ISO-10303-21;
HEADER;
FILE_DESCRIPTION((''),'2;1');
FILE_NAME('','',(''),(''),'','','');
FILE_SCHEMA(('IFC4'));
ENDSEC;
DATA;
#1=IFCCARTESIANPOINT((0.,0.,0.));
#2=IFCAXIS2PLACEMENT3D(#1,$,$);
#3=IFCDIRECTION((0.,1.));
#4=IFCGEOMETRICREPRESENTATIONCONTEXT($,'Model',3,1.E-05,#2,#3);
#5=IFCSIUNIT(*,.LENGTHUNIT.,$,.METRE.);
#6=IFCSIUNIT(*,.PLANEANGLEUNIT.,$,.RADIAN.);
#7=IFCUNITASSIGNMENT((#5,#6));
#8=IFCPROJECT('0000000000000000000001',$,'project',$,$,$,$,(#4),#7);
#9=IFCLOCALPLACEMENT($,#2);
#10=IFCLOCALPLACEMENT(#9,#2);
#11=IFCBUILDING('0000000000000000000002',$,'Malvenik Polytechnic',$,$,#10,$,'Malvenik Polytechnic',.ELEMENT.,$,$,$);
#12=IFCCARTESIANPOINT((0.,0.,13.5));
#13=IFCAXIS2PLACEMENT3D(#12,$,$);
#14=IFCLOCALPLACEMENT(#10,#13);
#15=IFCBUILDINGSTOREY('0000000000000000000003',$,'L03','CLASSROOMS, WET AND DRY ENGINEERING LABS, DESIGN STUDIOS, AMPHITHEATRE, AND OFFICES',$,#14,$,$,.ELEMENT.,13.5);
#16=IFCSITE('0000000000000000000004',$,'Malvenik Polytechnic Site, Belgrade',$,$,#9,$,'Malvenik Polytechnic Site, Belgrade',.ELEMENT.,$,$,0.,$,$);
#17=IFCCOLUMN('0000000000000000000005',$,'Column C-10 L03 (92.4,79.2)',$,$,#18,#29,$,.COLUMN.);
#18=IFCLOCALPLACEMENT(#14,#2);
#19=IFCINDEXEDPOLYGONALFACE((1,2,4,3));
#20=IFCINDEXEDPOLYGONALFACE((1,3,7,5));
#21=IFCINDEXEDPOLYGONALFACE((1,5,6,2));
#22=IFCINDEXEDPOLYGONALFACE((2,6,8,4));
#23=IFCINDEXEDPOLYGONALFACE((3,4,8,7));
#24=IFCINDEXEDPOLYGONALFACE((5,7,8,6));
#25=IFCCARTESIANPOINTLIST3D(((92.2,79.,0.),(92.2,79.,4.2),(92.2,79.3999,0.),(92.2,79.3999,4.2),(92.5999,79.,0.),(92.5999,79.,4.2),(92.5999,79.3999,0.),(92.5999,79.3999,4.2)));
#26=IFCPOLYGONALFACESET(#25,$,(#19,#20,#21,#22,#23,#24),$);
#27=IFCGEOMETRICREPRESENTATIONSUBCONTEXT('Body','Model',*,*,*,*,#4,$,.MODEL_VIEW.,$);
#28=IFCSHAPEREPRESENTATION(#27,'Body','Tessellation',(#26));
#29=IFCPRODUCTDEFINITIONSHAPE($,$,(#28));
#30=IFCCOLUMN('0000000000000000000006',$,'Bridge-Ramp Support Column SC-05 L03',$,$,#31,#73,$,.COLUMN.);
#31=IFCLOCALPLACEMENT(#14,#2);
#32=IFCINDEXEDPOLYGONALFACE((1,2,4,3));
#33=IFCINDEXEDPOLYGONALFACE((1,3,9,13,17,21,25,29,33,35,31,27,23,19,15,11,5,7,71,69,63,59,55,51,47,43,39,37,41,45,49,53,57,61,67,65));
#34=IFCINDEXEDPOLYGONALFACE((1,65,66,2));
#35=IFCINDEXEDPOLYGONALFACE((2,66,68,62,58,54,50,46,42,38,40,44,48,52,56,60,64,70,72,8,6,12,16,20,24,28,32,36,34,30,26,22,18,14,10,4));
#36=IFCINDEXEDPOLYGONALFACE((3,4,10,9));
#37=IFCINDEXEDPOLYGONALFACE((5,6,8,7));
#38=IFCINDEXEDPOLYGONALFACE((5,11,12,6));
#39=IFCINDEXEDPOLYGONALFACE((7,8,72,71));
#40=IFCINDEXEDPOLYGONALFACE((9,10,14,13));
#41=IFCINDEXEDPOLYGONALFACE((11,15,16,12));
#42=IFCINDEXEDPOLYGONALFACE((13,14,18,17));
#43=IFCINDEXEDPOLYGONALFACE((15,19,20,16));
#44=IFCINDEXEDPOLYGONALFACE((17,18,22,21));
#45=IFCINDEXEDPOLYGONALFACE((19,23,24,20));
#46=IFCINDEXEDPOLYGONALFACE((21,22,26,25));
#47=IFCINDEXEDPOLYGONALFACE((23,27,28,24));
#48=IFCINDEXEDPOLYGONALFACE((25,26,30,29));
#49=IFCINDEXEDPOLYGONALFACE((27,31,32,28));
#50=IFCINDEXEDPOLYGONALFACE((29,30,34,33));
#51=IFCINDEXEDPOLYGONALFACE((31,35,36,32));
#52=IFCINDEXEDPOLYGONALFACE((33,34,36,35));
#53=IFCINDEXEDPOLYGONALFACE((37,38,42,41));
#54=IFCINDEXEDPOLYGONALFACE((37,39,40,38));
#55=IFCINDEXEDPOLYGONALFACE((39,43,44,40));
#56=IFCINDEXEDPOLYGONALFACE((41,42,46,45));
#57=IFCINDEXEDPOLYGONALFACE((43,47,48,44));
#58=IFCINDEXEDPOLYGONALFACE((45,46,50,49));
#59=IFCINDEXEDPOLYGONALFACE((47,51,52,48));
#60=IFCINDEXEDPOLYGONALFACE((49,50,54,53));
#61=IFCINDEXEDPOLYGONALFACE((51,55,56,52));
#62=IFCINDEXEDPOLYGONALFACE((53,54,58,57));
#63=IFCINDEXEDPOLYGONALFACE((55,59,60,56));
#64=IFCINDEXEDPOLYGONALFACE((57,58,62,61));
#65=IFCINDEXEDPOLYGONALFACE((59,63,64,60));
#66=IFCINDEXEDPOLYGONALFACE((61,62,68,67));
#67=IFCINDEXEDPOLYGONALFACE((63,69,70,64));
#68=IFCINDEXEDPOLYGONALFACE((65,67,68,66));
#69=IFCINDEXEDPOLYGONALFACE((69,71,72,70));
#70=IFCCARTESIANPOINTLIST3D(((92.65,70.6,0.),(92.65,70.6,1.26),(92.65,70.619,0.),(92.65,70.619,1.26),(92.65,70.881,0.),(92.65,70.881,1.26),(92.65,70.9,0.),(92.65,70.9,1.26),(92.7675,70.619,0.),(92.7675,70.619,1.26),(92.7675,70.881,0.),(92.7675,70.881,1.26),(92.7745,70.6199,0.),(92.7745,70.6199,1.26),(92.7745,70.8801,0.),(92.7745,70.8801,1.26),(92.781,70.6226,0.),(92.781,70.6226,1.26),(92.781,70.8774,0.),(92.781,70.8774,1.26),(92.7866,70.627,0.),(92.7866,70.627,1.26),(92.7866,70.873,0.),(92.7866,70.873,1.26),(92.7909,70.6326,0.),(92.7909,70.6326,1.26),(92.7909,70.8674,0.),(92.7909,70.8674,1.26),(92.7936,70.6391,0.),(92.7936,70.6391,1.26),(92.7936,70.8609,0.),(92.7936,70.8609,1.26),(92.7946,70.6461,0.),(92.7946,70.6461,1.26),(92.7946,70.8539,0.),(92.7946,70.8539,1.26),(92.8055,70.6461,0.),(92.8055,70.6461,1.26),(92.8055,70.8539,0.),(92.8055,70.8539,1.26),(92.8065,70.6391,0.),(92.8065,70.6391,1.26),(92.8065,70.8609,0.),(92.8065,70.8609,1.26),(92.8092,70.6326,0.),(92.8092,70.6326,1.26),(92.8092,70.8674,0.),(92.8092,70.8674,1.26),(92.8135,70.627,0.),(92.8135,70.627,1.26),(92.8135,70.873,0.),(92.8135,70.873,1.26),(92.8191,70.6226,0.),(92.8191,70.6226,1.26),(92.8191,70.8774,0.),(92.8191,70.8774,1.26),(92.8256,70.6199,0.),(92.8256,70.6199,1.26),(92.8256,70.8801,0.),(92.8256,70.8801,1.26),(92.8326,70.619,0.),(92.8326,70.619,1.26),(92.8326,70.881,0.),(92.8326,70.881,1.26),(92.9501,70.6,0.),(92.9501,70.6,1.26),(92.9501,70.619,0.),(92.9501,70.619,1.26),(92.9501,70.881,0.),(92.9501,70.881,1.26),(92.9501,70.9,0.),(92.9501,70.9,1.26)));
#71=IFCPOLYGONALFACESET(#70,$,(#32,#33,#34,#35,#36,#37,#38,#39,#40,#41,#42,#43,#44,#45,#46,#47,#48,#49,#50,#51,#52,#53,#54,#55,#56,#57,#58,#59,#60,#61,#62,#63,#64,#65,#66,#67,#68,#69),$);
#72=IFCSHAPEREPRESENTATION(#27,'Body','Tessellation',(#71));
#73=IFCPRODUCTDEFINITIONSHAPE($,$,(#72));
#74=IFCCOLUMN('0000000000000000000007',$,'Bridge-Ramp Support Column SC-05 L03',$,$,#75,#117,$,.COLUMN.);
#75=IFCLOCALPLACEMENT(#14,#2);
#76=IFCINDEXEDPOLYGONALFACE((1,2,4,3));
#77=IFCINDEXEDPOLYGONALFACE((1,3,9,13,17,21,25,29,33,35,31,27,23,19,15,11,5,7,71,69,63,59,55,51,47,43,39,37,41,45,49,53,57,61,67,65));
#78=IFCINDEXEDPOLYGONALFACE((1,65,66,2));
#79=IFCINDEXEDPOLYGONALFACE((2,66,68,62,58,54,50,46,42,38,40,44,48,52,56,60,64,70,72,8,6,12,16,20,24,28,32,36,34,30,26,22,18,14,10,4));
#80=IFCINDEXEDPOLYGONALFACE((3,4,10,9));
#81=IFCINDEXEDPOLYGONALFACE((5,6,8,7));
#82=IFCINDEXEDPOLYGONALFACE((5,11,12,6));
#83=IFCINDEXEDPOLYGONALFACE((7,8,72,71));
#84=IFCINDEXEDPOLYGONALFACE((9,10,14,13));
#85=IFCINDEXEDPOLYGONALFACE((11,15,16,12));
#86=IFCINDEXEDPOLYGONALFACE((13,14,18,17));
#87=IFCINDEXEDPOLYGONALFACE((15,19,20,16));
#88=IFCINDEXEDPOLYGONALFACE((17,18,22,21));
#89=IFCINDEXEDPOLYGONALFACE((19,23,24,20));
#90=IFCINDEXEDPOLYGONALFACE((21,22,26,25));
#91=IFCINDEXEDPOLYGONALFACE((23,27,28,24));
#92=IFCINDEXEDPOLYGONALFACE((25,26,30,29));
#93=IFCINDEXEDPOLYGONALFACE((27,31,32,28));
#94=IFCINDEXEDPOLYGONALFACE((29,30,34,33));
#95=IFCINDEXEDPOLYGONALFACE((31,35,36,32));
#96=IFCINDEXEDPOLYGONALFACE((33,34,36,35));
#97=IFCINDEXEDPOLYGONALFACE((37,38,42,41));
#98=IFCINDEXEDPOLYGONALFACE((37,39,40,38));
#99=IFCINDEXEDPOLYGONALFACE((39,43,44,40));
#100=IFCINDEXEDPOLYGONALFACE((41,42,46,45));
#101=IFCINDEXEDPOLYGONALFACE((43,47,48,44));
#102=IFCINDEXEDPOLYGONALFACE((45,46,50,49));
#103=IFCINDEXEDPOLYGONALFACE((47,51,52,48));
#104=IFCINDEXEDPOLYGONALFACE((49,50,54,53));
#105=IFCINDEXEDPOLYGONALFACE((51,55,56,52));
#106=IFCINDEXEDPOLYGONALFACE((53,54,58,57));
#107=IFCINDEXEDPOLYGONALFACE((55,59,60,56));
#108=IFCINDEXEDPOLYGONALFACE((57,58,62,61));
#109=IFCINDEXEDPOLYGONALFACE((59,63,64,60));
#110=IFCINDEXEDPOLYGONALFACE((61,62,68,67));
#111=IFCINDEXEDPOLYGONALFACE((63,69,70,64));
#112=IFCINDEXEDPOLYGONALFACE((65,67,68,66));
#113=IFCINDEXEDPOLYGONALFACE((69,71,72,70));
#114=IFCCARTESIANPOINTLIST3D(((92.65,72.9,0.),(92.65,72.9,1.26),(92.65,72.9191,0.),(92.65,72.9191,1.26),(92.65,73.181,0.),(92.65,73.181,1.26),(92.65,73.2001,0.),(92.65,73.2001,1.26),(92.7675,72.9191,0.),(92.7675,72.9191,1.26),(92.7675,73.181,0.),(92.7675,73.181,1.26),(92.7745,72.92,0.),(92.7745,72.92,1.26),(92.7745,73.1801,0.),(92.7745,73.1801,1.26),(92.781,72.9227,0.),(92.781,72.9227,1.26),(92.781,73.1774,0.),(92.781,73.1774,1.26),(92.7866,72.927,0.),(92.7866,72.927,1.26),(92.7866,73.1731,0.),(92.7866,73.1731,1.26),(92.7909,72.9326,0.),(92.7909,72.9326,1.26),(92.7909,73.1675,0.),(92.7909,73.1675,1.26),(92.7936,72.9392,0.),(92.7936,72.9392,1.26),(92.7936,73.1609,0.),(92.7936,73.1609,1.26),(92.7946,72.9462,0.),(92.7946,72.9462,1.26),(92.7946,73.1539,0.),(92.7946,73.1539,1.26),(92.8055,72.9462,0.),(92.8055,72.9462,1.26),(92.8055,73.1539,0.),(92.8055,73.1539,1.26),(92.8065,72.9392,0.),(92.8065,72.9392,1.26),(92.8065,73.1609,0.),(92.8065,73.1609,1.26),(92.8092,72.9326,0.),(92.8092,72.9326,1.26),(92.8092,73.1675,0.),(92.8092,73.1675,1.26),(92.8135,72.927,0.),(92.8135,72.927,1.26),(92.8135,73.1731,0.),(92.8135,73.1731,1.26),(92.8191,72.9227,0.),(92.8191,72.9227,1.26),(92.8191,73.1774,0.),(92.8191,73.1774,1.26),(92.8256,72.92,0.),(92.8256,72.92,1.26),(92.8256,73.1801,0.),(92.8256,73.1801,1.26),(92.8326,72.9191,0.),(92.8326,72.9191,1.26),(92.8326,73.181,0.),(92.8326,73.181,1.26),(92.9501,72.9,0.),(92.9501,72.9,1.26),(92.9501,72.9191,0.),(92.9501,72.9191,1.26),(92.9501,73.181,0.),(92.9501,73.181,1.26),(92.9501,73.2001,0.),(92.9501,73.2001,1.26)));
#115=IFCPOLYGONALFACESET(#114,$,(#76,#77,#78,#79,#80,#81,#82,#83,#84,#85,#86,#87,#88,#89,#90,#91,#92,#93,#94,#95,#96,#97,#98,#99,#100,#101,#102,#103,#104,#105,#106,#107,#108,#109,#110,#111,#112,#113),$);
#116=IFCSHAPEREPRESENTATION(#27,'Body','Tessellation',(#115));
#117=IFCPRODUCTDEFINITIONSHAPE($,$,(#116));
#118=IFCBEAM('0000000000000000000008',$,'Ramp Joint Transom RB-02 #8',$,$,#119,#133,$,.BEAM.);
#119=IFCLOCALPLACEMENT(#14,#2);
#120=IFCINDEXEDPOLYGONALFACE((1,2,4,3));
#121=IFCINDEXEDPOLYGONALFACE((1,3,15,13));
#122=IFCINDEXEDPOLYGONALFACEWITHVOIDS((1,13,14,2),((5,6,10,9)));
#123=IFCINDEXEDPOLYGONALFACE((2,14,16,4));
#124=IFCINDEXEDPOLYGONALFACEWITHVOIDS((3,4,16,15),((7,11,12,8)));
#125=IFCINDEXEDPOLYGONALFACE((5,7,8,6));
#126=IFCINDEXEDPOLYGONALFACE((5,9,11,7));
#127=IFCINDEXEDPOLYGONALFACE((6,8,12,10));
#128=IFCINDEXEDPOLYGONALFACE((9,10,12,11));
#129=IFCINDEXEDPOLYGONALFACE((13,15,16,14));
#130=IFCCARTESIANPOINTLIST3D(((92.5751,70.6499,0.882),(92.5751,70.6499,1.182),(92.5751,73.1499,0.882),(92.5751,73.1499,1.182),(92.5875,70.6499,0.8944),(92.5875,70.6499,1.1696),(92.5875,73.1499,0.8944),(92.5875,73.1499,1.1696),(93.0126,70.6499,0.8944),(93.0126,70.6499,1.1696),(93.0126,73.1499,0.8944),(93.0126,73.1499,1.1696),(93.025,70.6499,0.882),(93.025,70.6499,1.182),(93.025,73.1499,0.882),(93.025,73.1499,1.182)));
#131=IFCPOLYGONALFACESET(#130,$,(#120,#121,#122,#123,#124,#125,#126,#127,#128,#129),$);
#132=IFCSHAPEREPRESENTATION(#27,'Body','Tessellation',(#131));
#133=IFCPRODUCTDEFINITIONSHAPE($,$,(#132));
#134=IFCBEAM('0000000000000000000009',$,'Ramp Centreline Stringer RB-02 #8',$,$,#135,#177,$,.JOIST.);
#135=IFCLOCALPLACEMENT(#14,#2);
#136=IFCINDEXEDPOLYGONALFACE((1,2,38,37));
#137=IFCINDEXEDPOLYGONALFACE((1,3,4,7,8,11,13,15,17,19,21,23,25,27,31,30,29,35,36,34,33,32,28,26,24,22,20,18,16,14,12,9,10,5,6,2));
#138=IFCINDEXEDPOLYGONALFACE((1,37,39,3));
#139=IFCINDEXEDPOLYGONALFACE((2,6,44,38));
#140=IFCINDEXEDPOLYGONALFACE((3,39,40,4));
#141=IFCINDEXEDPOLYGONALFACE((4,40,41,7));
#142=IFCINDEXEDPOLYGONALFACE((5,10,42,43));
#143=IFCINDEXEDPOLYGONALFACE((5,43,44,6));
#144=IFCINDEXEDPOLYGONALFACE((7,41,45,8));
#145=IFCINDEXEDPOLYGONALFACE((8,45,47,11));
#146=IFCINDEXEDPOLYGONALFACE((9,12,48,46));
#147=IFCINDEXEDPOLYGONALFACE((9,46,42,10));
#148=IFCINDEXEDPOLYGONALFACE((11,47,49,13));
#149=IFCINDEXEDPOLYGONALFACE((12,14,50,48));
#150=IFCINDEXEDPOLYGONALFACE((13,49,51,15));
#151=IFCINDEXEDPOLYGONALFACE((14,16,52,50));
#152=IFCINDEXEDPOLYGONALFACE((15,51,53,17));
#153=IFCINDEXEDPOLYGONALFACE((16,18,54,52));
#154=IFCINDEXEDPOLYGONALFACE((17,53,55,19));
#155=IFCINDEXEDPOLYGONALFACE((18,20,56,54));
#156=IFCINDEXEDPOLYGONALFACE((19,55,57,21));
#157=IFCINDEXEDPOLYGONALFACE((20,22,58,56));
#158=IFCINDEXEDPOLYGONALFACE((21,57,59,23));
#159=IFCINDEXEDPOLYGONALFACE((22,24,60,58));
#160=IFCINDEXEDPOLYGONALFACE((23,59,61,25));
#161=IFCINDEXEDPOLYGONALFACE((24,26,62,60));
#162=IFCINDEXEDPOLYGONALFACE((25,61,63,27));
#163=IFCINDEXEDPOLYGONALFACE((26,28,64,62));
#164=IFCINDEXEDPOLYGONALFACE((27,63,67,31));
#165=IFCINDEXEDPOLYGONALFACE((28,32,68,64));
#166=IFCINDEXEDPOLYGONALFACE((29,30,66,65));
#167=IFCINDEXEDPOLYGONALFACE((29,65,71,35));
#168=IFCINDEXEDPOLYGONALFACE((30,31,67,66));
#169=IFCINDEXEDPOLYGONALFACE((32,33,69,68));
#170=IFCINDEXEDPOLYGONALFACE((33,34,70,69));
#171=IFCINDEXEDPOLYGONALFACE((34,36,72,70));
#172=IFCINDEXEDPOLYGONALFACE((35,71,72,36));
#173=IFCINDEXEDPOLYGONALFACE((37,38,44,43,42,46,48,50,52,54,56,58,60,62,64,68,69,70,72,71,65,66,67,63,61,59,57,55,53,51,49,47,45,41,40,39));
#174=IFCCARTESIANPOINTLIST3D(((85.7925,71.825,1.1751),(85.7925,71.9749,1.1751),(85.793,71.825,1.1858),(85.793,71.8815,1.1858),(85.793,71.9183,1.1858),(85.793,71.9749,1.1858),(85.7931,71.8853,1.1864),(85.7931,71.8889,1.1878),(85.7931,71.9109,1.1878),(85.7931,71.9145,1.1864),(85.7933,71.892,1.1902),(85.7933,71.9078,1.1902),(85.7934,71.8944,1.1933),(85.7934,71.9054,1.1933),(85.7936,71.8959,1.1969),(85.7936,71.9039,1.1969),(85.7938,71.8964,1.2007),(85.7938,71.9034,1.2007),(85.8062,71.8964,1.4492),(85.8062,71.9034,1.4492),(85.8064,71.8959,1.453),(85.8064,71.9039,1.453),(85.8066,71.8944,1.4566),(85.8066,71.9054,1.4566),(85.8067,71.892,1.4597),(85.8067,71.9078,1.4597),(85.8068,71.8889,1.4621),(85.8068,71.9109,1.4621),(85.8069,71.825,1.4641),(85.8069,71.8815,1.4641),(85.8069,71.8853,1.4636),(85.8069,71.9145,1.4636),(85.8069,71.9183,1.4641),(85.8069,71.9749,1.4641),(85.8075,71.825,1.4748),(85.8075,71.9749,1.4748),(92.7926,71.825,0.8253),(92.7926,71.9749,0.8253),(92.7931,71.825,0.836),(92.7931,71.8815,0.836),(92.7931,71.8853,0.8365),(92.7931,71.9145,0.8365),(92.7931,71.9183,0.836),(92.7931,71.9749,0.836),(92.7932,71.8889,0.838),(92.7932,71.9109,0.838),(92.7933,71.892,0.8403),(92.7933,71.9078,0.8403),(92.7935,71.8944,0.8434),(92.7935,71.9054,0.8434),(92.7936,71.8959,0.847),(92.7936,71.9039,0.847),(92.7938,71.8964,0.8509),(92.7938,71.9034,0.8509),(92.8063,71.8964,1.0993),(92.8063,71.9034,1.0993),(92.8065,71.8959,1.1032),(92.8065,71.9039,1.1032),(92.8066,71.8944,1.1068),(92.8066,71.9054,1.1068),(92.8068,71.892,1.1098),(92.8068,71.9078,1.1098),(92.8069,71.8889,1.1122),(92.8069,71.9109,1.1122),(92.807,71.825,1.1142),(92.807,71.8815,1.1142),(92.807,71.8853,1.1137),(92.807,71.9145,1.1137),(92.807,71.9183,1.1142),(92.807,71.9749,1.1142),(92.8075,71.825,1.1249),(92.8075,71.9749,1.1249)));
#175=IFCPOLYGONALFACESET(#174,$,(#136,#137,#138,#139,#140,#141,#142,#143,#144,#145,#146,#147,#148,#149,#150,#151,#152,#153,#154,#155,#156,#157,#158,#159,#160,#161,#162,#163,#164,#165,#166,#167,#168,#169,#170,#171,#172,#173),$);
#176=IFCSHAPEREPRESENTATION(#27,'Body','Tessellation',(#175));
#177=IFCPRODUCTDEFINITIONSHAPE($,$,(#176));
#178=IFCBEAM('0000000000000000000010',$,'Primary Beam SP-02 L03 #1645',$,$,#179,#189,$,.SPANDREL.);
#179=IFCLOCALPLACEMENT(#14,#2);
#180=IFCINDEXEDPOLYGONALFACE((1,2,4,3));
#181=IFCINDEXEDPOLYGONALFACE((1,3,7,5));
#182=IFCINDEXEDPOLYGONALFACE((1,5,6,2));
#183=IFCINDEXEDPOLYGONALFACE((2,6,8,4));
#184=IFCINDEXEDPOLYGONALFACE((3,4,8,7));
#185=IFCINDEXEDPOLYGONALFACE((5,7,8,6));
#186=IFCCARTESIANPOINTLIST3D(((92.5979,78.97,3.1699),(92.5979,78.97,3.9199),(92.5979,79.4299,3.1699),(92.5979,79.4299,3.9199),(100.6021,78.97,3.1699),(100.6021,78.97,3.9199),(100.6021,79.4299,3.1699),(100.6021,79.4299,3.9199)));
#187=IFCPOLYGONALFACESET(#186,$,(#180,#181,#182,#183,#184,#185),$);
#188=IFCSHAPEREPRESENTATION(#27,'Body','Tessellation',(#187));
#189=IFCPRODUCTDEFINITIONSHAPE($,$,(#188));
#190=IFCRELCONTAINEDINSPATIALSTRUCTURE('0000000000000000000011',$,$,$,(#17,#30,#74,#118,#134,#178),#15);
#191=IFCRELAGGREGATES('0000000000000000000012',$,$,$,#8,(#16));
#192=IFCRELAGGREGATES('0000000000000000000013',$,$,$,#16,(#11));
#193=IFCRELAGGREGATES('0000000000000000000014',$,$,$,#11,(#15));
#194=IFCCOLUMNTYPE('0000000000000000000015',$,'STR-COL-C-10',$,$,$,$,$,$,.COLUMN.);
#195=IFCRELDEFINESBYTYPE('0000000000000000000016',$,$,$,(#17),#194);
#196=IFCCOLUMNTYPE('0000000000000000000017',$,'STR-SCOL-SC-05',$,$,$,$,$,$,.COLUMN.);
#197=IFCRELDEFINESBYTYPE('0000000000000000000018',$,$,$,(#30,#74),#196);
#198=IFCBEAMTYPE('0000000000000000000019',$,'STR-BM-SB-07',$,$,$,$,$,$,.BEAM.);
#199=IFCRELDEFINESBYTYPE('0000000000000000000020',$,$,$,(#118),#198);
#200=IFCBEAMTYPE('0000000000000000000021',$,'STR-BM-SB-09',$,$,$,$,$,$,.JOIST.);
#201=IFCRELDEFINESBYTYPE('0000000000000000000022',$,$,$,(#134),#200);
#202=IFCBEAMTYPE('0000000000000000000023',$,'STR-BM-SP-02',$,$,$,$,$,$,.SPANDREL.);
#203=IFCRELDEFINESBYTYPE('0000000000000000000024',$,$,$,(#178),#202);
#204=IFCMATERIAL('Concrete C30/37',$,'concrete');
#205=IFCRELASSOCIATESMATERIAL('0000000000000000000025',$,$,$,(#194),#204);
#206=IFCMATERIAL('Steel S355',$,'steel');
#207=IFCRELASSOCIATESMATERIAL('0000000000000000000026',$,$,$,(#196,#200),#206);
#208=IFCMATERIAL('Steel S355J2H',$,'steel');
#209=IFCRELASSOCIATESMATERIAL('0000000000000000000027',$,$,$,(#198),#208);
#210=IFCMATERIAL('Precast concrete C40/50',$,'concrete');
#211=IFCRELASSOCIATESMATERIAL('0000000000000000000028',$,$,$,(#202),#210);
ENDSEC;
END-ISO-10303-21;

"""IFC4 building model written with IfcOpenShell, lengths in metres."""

from ifc_helpers import new_model, si_unit, direction, frame, origin, origin_2d, place, context, subcontext, project, spatial, rectangle, hollow_rectangle, i_section, extrude, material, material_profile, profile_set, type_object, element, save


model = new_model("IFC4")

# Units and contexts
model_context = context("Model", 3, precision=1e-05, world=origin(), true_north=direction((0.0, 1.0)))
body_context = subcontext(model_context, "Body", "Model", "MODEL_VIEW")
ifc_project = project(units=[si_unit("LENGTHUNIT", "METRE"), si_unit("PLANEANGLEUNIT", "RADIAN")], contexts=[model_context])

# Site, building, storey
site_placement = place(None, origin())
site = spatial("IfcSite", under=ifc_project, at=site_placement, Name="Malvenik Polytechnic Site, Belgrade", LongName="Malvenik Polytechnic Site, Belgrade", CompositionType="ELEMENT", RefElevation=0.0)
building_placement = place(site_placement, origin())
building = spatial("IfcBuilding", under=site, at=building_placement, Name="Malvenik Polytechnic", LongName="Malvenik Polytechnic", CompositionType="ELEMENT")
storey_placement = place(building_placement, frame((0.0, 0.0, 13.5)))
storey = spatial("IfcBuildingStorey", under=building, at=storey_placement, Name="L03", Description="CLASSROOMS, WET AND DRY ENGINEERING LABS, DESIGN STUDIOS, AMPHITHEATRE, AND OFFICES", CompositionType="ELEMENT", Elevation=13.5)

# Columns
ifc_material_1 = material(Name="Concrete C30/37", Category="concrete")
ifc_material_profile_1 = material_profile(ifc_material_1, rectangle(XDim=0.3999, YDim=0.3999, at=origin_2d()), Name="RC COL 400x400")
ifc_profile_set_1 = profile_set([ifc_material_profile_1], Name="Concrete C30/37")
column_type_1 = type_object("IfcColumnType", Name="STR-COL-C-10", PredefinedType="COLUMN", material=ifc_profile_set_1)
column_placement = place(storey_placement, frame((92.3999, 79.2, 0.0), z_axis=(0.0, 0.0, 1.0), x_axis=(1.0, 0.0, 0.0)))
element("IfcColumn", 1, at=column_placement, inside=storey, type_object=column_type_1, Name="Column C-10 L03 (92.4,79.2)", PredefinedType="COLUMN", context=body_context, shape_type="SweptSolid", body=[
    extrude(rectangle(XDim=0.3999, YDim=0.3999, at=origin_2d()), origin(), (0.0, 0.0, 1.0), 4.2),
])
ifc_material_2 = material(Name="Steel S355", Category="steel")
ifc_material_profile_2 = material_profile(ifc_material_2, i_section(OverallWidth=0.3, OverallDepth=0.3, WebThickness=0.011, FlangeThickness=0.019, FilletRadius=0.0271, at=origin_2d()), Name="HEB 300")
ifc_profile_set_2 = profile_set([ifc_material_profile_2], Name="Steel S355")
column_type_2 = type_object("IfcColumnType", Name="STR-SCOL-SC-05", PredefinedType="COLUMN", material=ifc_profile_set_2)
for number, where, z_axis, x_axis, name in (
    (2, (92.8, 70.75, 0.0), (0.0, 0.0, 1.0), (1.0, 0.0, 0.0), "Bridge-Ramp Support Column SC-05 L03"),
    (3, (92.8, 73.05, 0.0), (0.0, 0.0, 1.0), (1.0, 0.0, 0.0), "Bridge-Ramp Support Column SC-05 L03"),
):
    element("IfcColumn", number, at=place(storey_placement, frame(where, z_axis=z_axis, x_axis=x_axis)), inside=storey, type_object=column_type_2, Name=name, PredefinedType="COLUMN", context=body_context, shape_type="SweptSolid", body=[
        extrude(i_section(OverallWidth=0.3, OverallDepth=0.3, WebThickness=0.011, FlangeThickness=0.019, FilletRadius=0.0271, at=origin_2d()), origin(), (0.0, 0.0, 1.0), 1.26),
    ])

# Beams
ifc_material_3 = material(Name="Steel S355J2H", Category="steel")
ifc_material_profile_3 = material_profile(ifc_material_3, hollow_rectangle(XDim=0.45, YDim=0.3, WallThickness=0.0125, at=origin_2d()), Name="RHS 450x300x12.5")
ifc_profile_set_3 = profile_set([ifc_material_profile_3], Name="Steel S355J2H")
beam_type_1 = type_object("IfcBeamType", Name="STR-BM-SB-07", PredefinedType="BEAM", material=ifc_profile_set_3)
beam_1_placement = place(storey_placement, frame((92.8, 70.6499, 1.032), z_axis=(0.0, 1.0, 0.0), x_axis=(-1.0, 0.0, 0.0)))
element("IfcBeam", 4, at=beam_1_placement, inside=storey, type_object=beam_type_1, Name="Ramp Joint Transom RB-02 #8", PredefinedType="BEAM", context=body_context, shape_type="SweptSolid", body=[
    extrude(hollow_rectangle(XDim=0.45, YDim=0.3, WallThickness=0.0125, at=origin_2d()), origin(), (0.0, 0.0, 1.0), 2.5),
])
ifc_material_profile_4 = material_profile(ifc_material_2, i_section(OverallWidth=0.1499, OverallDepth=0.3, WebThickness=0.0071, FlangeThickness=0.0107, FilletRadius=0.0149, at=origin_2d()), Name="IPE 300")
ifc_profile_set_4 = profile_set([ifc_material_profile_4], Name="Steel S355")
beam_type_2 = type_object("IfcBeamType", Name="STR-BM-SB-09", PredefinedType="JOIST", material=ifc_profile_set_4)
beam_2_placement = place(storey_placement, frame((92.8, 71.8999, 0.9751), z_axis=(-0.998753, 0.0, 0.049917), x_axis=(0.0, -1.0, 0.0)))
element("IfcBeam", 5, at=beam_2_placement, inside=storey, type_object=beam_type_2, Name="Ramp Centreline Stringer RB-02 #8", PredefinedType="JOIST", context=body_context, shape_type="SweptSolid", body=[
    extrude(i_section(OverallWidth=0.1499, OverallDepth=0.3, WebThickness=0.0071, FlangeThickness=0.0107, FilletRadius=0.0149, at=origin_2d()), origin(), (0.0, 0.0, 1.0), 7.0088),
])
ifc_material_4 = material(Name="Precast concrete C40/50", Category="concrete")
ifc_material_profile_5 = material_profile(ifc_material_4, rectangle(XDim=0.46, YDim=0.75, at=origin_2d()), Name="PC SPN 460x750")
ifc_profile_set_5 = profile_set([ifc_material_profile_5], Name="Precast concrete C40/50")
beam_type_3 = type_object("IfcBeamType", Name="STR-BM-SP-02", PredefinedType="SPANDREL", material=ifc_profile_set_5)
beam_3_placement = place(storey_placement, frame((92.5979, 79.2, 3.5449), z_axis=(1.0, 0.0, 0.0), x_axis=(0.0, 1.0, 0.0)))
element("IfcBeam", 6, at=beam_3_placement, inside=storey, type_object=beam_type_3, Name="Primary Beam SP-02 L03 #1645", PredefinedType="SPANDREL", context=body_context, shape_type="SweptSolid", body=[
    extrude(rectangle(XDim=0.46, YDim=0.75, at=origin_2d()), origin(), (0.0, 0.0, 1.0), 8.0042),
])

save(model, "model.ifc")
